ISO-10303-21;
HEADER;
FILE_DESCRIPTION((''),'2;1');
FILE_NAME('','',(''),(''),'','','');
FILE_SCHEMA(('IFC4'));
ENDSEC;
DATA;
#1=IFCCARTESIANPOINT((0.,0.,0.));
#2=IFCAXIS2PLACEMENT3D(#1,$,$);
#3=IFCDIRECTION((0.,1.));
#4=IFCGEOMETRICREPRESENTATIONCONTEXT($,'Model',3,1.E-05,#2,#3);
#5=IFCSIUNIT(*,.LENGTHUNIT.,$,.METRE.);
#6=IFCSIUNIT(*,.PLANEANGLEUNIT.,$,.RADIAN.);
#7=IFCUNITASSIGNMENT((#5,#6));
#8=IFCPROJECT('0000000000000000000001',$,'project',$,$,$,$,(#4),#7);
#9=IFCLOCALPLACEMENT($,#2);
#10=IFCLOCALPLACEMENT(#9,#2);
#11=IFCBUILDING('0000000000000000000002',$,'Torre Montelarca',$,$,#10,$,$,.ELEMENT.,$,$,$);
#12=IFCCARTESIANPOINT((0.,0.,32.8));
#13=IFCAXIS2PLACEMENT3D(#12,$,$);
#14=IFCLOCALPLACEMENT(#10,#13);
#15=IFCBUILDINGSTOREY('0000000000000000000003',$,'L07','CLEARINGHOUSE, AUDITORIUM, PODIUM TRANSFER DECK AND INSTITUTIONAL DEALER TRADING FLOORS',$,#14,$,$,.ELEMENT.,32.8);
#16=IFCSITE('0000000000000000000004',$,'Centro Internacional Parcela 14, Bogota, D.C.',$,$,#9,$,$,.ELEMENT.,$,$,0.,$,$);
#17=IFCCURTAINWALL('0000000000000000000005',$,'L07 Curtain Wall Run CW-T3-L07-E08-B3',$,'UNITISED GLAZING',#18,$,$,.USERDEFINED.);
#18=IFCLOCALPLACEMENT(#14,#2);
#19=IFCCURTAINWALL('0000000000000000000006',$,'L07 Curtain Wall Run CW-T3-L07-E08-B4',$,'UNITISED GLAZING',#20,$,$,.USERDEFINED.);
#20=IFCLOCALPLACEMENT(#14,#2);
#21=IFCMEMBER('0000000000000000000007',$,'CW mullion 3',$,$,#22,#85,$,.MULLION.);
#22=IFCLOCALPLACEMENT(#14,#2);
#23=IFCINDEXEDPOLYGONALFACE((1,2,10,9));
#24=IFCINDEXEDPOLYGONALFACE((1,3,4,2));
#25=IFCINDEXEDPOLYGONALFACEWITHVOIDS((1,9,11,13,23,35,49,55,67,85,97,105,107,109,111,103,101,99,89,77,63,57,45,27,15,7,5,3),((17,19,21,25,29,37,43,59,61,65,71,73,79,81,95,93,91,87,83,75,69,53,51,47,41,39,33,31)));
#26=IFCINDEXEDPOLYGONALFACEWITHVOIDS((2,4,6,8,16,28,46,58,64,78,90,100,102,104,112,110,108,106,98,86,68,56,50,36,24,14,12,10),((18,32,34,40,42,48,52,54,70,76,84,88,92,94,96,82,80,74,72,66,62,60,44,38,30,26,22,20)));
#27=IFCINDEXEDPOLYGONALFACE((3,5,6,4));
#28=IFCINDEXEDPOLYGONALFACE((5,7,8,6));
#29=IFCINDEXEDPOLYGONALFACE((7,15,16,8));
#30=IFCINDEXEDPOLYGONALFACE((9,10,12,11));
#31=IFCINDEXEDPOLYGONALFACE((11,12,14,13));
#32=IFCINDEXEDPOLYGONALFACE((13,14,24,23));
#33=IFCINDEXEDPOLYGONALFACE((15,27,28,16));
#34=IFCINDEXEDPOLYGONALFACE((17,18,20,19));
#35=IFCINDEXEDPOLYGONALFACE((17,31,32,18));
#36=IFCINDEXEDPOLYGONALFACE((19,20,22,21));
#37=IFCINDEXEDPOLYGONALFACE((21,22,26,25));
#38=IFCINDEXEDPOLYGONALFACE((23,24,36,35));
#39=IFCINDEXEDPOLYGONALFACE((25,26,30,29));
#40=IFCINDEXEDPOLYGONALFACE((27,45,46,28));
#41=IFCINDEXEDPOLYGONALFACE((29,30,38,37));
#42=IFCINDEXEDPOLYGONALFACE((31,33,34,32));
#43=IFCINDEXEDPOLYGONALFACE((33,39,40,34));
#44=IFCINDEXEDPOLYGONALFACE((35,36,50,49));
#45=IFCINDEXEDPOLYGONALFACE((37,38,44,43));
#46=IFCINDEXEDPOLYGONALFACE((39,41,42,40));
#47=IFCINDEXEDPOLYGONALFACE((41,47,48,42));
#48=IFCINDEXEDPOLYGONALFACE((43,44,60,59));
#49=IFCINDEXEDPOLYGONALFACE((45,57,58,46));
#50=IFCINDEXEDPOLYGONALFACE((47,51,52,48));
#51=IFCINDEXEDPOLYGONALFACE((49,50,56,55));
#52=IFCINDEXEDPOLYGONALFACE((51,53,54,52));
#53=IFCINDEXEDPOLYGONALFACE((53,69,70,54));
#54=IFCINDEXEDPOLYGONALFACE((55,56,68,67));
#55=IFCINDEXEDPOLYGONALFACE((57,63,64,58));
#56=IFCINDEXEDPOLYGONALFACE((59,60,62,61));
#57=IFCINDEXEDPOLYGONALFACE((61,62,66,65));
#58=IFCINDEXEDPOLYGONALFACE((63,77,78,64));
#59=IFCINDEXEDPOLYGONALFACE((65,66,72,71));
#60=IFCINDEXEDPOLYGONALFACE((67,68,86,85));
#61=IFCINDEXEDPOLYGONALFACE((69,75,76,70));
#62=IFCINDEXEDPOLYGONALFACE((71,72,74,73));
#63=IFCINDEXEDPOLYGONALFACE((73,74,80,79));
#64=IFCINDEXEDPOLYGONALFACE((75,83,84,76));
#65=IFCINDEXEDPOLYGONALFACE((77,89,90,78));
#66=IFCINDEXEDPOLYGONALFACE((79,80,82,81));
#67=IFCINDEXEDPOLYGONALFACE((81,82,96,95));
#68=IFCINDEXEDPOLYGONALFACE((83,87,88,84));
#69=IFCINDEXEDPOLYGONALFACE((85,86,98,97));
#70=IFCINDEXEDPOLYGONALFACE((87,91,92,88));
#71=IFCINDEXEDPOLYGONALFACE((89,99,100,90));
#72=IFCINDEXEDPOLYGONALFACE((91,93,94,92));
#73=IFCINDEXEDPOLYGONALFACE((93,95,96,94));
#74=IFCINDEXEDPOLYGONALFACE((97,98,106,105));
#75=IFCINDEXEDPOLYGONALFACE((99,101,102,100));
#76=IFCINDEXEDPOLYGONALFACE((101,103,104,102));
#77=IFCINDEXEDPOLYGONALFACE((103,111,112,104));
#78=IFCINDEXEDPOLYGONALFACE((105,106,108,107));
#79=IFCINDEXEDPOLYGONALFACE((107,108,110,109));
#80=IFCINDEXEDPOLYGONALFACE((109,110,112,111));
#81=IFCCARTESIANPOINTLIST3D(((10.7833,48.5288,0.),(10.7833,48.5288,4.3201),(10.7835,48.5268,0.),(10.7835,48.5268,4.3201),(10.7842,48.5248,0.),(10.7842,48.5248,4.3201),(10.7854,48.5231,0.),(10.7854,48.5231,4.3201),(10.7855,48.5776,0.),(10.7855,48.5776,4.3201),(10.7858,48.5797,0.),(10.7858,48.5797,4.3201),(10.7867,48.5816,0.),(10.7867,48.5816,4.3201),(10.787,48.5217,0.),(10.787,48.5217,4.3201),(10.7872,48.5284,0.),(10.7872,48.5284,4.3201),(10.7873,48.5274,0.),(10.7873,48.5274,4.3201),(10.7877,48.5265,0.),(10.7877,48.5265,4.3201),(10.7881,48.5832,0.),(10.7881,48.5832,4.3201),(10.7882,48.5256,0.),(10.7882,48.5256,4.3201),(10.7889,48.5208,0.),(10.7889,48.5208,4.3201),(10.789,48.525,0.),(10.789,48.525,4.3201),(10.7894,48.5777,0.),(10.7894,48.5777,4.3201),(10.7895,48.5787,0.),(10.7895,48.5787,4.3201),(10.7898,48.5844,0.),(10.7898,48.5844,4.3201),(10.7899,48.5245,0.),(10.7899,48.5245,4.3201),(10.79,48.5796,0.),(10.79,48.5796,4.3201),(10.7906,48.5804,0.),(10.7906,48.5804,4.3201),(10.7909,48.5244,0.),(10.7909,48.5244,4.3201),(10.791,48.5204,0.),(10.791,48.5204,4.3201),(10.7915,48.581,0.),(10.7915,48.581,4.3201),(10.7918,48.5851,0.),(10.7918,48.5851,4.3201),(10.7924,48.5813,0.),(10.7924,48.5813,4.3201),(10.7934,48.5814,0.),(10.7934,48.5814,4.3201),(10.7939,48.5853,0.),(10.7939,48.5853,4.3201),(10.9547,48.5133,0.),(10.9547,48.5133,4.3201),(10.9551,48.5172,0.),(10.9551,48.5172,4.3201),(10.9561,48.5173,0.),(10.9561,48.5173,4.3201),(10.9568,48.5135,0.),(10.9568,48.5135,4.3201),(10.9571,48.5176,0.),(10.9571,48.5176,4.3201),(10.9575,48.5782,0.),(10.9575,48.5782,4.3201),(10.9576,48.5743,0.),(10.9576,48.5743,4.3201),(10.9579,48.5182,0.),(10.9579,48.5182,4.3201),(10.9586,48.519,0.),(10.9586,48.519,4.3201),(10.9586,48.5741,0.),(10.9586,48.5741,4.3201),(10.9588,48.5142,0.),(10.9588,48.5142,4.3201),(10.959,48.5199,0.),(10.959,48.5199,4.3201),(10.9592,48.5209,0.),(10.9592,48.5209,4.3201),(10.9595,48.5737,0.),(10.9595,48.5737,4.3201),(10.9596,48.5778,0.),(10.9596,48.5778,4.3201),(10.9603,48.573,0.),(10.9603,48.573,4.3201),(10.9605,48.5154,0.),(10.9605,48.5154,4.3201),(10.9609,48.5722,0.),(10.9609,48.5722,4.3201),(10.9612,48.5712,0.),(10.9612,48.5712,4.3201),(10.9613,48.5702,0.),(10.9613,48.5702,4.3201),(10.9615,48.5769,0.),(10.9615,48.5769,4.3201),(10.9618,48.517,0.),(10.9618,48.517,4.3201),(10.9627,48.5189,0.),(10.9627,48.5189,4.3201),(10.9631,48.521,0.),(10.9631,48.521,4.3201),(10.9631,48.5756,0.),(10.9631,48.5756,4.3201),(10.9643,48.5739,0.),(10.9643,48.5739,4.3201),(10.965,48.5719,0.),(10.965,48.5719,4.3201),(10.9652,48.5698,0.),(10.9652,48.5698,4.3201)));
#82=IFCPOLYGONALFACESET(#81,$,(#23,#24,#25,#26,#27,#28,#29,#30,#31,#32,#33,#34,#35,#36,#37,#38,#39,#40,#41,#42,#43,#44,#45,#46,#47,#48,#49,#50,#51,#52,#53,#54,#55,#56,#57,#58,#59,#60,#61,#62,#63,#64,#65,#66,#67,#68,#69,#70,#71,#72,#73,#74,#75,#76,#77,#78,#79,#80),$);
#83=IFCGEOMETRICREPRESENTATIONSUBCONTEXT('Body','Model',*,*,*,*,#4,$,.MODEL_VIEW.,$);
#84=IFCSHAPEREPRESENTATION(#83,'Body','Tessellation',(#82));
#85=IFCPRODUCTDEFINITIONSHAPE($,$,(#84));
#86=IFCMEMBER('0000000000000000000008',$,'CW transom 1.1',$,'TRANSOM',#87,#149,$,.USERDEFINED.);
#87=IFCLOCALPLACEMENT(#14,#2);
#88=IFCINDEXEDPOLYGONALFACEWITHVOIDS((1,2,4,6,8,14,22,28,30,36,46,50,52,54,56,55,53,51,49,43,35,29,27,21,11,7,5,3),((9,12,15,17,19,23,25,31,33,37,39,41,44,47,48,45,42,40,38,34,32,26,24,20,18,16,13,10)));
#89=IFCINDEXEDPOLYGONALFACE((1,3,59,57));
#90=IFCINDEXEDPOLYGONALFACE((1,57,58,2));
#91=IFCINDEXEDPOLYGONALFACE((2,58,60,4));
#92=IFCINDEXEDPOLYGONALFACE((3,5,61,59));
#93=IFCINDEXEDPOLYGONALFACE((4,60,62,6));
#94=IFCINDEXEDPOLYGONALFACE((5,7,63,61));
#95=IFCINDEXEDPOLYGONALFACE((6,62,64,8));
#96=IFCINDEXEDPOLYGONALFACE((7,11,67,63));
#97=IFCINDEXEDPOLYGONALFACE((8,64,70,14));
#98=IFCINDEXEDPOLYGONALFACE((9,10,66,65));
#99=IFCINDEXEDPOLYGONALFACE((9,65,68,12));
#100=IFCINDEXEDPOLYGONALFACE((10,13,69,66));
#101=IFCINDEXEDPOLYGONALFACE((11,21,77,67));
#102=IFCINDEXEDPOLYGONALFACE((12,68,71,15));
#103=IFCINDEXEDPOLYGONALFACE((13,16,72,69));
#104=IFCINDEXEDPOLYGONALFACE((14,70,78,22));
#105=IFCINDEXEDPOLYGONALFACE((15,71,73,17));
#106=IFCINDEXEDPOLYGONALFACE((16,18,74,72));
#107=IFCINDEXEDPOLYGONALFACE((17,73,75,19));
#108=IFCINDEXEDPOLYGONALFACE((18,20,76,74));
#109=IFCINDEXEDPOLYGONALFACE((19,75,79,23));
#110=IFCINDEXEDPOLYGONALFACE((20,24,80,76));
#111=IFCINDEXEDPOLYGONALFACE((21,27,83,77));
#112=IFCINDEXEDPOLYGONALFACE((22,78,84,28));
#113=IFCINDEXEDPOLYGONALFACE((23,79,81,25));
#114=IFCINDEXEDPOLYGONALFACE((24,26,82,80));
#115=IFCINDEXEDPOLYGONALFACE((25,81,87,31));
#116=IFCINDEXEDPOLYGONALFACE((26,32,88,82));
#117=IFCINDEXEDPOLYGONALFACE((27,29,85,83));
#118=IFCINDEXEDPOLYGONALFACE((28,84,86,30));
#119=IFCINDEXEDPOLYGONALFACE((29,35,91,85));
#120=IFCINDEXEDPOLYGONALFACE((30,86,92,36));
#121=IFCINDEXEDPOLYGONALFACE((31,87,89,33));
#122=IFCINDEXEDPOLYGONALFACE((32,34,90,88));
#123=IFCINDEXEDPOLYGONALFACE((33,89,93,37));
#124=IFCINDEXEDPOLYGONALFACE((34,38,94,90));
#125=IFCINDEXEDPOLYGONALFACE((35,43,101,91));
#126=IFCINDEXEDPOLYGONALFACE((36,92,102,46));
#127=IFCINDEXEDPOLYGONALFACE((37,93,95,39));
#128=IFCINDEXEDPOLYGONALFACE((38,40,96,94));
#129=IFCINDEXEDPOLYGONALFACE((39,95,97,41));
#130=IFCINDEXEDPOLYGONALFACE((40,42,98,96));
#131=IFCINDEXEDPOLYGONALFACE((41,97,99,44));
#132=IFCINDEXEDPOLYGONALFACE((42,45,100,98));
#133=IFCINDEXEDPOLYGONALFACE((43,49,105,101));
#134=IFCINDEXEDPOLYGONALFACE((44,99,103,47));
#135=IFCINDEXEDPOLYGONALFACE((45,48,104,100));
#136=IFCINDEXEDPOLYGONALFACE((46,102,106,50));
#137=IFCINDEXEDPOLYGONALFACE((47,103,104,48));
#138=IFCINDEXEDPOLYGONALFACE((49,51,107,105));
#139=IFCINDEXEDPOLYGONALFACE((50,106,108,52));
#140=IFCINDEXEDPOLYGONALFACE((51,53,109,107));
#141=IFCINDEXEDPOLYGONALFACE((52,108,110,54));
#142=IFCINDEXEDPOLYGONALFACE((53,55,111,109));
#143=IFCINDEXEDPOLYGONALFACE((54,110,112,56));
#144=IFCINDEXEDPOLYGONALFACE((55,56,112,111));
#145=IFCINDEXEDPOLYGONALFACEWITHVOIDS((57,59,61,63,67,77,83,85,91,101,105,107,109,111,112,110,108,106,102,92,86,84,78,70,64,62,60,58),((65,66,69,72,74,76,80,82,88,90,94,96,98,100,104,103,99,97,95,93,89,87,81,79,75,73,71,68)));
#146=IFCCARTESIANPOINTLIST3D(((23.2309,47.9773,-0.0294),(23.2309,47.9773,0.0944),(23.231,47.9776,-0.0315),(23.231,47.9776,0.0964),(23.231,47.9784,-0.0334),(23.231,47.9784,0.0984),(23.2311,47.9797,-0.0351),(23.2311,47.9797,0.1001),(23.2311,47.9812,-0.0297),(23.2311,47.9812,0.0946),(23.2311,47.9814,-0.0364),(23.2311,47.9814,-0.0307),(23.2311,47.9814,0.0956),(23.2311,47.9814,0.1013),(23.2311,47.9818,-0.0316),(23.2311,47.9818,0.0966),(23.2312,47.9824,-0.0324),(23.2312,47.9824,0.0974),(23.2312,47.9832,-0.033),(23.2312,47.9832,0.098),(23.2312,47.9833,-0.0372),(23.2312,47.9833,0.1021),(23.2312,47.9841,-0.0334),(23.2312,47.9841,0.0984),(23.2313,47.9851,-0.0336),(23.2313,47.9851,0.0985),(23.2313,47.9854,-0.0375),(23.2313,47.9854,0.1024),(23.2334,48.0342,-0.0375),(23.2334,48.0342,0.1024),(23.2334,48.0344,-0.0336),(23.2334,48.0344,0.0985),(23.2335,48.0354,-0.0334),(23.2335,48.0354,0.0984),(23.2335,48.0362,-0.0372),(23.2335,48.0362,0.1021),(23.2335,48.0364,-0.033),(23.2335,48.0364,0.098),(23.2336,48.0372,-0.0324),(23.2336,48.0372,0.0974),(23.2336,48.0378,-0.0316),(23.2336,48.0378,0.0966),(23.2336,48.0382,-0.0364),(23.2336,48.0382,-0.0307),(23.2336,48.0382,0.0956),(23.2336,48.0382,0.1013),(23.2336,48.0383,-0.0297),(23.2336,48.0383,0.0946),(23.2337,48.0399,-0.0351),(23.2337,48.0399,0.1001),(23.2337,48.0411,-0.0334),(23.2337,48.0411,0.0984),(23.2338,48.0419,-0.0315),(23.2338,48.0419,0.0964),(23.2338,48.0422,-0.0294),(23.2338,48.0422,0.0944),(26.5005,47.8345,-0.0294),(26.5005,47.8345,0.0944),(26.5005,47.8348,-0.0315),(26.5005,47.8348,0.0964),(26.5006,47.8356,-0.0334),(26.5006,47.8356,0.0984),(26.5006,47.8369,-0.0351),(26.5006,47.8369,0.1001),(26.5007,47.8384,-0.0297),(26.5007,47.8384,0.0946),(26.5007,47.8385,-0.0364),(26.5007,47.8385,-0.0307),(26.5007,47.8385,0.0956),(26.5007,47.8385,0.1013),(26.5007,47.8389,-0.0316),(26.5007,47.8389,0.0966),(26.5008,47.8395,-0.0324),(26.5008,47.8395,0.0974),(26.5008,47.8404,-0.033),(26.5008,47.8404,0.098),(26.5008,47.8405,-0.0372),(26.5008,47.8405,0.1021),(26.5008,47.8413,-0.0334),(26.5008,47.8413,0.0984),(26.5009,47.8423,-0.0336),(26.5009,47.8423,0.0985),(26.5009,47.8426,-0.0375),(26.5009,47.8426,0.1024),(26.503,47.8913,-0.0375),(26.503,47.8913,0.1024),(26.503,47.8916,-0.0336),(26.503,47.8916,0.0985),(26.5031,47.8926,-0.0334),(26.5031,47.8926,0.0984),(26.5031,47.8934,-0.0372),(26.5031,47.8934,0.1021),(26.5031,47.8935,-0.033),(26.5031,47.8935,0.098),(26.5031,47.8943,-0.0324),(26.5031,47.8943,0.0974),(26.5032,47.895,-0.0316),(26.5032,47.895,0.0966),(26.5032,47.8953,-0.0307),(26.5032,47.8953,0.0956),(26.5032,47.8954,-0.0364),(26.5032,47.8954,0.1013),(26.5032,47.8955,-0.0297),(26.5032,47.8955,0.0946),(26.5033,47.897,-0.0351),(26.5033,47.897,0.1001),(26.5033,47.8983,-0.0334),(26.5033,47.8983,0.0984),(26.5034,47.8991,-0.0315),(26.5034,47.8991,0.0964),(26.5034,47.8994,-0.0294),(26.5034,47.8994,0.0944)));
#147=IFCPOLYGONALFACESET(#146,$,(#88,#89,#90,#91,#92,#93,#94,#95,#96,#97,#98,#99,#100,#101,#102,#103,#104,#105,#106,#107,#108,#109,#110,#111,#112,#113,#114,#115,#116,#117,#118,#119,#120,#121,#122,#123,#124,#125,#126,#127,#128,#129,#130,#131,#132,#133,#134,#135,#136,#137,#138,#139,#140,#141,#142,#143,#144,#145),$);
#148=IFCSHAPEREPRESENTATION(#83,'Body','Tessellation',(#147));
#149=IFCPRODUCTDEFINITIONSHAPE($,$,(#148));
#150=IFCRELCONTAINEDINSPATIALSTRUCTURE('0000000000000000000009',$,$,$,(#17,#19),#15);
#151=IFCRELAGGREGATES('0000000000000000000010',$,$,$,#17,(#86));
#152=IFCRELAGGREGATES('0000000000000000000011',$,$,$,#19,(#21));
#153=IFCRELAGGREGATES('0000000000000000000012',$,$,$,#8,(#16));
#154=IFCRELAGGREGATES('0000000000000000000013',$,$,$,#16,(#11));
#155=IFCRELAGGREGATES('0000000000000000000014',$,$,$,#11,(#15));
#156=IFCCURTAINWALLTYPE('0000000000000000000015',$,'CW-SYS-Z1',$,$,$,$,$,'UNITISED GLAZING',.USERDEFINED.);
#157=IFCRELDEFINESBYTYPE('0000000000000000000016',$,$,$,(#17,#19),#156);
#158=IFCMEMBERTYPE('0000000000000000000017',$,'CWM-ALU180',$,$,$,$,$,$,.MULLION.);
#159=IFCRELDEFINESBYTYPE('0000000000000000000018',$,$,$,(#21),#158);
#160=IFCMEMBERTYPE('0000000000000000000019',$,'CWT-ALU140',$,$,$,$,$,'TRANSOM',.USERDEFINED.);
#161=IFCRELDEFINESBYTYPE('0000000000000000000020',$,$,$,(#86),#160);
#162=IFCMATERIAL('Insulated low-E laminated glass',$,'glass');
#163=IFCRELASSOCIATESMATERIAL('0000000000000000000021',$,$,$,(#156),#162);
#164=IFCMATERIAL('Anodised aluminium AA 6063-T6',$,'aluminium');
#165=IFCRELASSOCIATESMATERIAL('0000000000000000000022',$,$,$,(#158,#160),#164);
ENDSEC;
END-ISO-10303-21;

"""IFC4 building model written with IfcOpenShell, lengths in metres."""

from ifc_helpers import new_model, si_unit, direction, frame, origin, origin_2d, place, context, subcontext, project, spatial, hollow_rectangle, extrude, source, transform, mapped, material, material_profile, profile_set, type_object, element, aggregate, save


model = new_model("IFC4")

# Units and contexts
model_context = context("Model", 3, precision=1e-05, world=origin(), true_north=direction((0.0, 1.0)))
body_context = subcontext(model_context, "Body", "Model", "MODEL_VIEW")
ifc_project = project(units=[si_unit("LENGTHUNIT", "METRE"), si_unit("PLANEANGLEUNIT", "RADIAN")], contexts=[model_context])

# Site, building, storey
site_placement = place(None, origin())
site = spatial("IfcSite", under=ifc_project, at=site_placement, Name="Centro Internacional Parcela 14, Bogota, D.C.", CompositionType="ELEMENT", RefElevation=0.0)
building_placement = place(site_placement, origin())
building = spatial("IfcBuilding", under=site, at=building_placement, Name="Torre Montelarca", CompositionType="ELEMENT")
storey_placement = place(building_placement, frame((0.0, 0.0, 32.8)))
storey = spatial("IfcBuildingStorey", under=building, at=storey_placement, Name="L07", Description="CLEARINGHOUSE, AUDITORIUM, PODIUM TRANSFER DECK AND INSTITUTIONAL DEALER TRADING FLOORS", CompositionType="ELEMENT", Elevation=32.8)

# Curtain walls, member
ifc_material_1 = material(Name="Insulated low-E laminated glass", Category="glass")
curtain_wall_type = type_object("IfcCurtainWallType", Name="CW-SYS-Z1", ElementType="UNITISED GLAZING", PredefinedType="USERDEFINED", material=ifc_material_1)
curtain_wall_1_placement = place(storey_placement, origin())
curtain_wall_1 = element("IfcCurtainWall", 1, at=curtain_wall_1_placement, inside=storey, type_object=curtain_wall_type, Name="L07 Curtain Wall Run CW-T3-L07-E08-B3", ObjectType="UNITISED GLAZING", PredefinedType="USERDEFINED")
ifc_material_2 = material(Name="Anodised aluminium AA 6063-T6", Category="aluminium")
ifc_material_profile_1 = material_profile(ifc_material_2, hollow_rectangle(XDim=0.0649, YDim=0.1799, WallThickness=0.0039, InnerFilletRadius=0.0039, OuterFilletRadius=0.0081, at=origin_2d()), Name="ALU65X180X4", Category="aluminium")
ifc_profile_set_1 = profile_set([ifc_material_profile_1], Name="Anodised aluminium AA 6063-T6")
member_type_1 = type_object("IfcMemberType", Name="CWM-ALU180", PredefinedType="MULLION", material=ifc_profile_set_1)
shared_shape_1 = source(origin(), body_context, "Body", "SweptSolid", [
    extrude(hollow_rectangle(XDim=0.0649, YDim=0.1799, WallThickness=0.0039, InnerFilletRadius=0.0039, OuterFilletRadius=0.0081, at=origin_2d()), origin(), (0.0, 0.0, 1.0), 4.3201),
])
curtain_wall_2_placement = place(storey_placement, origin())
curtain_wall_2 = element("IfcCurtainWall", 2, at=curtain_wall_2_placement, inside=storey, type_object=curtain_wall_type, Name="L07 Curtain Wall Run CW-T3-L07-E08-B4", ObjectType="UNITISED GLAZING", PredefinedType="USERDEFINED")
member_1_placement = place(storey_placement, frame((10.8743, 48.5493, 0.0), z_axis=(0.0, 0.0, 1.0), x_axis=(-0.04362, -0.999048, 0.0)))
member_1 = element("IfcMember", 3, at=member_1_placement, type_object=member_type_1, Name="CW mullion 3", PredefinedType="MULLION", context=body_context, shape_type="MappedRepresentation", body=[
    mapped(shared_shape_1, transform((0.0, 0.0, 0.0), scale=1.0)),
])

# Member
ifc_material_profile_2 = material_profile(ifc_material_2, hollow_rectangle(XDim=0.0649, YDim=0.1399, WallThickness=0.0039, InnerFilletRadius=0.0039, OuterFilletRadius=0.0081, at=origin_2d()), Name="ALU65X140X4", Category="aluminium")
ifc_profile_set_2 = profile_set([ifc_material_profile_2], Name="Anodised aluminium AA 6063-T6")
member_type_2 = type_object("IfcMemberType", Name="CWT-ALU140", ElementType="TRANSOM", PredefinedType="USERDEFINED", material=ifc_profile_set_2)
shared_shape_2 = source(origin(), body_context, "Body", "SweptSolid", [
    extrude(hollow_rectangle(XDim=0.0649, YDim=0.1399, WallThickness=0.0039, InnerFilletRadius=0.0039, OuterFilletRadius=0.0081, at=origin_2d()), origin(), (0.0, 0.0, 1.0), 3.2727),
])
member_2_placement = place(storey_placement, frame((26.502, 47.8669, 0.0325), z_axis=(-0.999047, 0.043641, 0.0), x_axis=(-0.043641, -0.999047, 0.0)))
member_2 = element("IfcMember", 4, at=member_2_placement, type_object=member_type_2, Name="CW transom 1.1", ObjectType="TRANSOM", PredefinedType="USERDEFINED", context=body_context, shape_type="MappedRepresentation", body=[
    mapped(shared_shape_2, transform((0.0, 0.0, 0.0), scale=1.0)),
])

aggregate(curtain_wall_1, [member_2])
aggregate(curtain_wall_2, [member_1])

save(model, "model.ifc")
